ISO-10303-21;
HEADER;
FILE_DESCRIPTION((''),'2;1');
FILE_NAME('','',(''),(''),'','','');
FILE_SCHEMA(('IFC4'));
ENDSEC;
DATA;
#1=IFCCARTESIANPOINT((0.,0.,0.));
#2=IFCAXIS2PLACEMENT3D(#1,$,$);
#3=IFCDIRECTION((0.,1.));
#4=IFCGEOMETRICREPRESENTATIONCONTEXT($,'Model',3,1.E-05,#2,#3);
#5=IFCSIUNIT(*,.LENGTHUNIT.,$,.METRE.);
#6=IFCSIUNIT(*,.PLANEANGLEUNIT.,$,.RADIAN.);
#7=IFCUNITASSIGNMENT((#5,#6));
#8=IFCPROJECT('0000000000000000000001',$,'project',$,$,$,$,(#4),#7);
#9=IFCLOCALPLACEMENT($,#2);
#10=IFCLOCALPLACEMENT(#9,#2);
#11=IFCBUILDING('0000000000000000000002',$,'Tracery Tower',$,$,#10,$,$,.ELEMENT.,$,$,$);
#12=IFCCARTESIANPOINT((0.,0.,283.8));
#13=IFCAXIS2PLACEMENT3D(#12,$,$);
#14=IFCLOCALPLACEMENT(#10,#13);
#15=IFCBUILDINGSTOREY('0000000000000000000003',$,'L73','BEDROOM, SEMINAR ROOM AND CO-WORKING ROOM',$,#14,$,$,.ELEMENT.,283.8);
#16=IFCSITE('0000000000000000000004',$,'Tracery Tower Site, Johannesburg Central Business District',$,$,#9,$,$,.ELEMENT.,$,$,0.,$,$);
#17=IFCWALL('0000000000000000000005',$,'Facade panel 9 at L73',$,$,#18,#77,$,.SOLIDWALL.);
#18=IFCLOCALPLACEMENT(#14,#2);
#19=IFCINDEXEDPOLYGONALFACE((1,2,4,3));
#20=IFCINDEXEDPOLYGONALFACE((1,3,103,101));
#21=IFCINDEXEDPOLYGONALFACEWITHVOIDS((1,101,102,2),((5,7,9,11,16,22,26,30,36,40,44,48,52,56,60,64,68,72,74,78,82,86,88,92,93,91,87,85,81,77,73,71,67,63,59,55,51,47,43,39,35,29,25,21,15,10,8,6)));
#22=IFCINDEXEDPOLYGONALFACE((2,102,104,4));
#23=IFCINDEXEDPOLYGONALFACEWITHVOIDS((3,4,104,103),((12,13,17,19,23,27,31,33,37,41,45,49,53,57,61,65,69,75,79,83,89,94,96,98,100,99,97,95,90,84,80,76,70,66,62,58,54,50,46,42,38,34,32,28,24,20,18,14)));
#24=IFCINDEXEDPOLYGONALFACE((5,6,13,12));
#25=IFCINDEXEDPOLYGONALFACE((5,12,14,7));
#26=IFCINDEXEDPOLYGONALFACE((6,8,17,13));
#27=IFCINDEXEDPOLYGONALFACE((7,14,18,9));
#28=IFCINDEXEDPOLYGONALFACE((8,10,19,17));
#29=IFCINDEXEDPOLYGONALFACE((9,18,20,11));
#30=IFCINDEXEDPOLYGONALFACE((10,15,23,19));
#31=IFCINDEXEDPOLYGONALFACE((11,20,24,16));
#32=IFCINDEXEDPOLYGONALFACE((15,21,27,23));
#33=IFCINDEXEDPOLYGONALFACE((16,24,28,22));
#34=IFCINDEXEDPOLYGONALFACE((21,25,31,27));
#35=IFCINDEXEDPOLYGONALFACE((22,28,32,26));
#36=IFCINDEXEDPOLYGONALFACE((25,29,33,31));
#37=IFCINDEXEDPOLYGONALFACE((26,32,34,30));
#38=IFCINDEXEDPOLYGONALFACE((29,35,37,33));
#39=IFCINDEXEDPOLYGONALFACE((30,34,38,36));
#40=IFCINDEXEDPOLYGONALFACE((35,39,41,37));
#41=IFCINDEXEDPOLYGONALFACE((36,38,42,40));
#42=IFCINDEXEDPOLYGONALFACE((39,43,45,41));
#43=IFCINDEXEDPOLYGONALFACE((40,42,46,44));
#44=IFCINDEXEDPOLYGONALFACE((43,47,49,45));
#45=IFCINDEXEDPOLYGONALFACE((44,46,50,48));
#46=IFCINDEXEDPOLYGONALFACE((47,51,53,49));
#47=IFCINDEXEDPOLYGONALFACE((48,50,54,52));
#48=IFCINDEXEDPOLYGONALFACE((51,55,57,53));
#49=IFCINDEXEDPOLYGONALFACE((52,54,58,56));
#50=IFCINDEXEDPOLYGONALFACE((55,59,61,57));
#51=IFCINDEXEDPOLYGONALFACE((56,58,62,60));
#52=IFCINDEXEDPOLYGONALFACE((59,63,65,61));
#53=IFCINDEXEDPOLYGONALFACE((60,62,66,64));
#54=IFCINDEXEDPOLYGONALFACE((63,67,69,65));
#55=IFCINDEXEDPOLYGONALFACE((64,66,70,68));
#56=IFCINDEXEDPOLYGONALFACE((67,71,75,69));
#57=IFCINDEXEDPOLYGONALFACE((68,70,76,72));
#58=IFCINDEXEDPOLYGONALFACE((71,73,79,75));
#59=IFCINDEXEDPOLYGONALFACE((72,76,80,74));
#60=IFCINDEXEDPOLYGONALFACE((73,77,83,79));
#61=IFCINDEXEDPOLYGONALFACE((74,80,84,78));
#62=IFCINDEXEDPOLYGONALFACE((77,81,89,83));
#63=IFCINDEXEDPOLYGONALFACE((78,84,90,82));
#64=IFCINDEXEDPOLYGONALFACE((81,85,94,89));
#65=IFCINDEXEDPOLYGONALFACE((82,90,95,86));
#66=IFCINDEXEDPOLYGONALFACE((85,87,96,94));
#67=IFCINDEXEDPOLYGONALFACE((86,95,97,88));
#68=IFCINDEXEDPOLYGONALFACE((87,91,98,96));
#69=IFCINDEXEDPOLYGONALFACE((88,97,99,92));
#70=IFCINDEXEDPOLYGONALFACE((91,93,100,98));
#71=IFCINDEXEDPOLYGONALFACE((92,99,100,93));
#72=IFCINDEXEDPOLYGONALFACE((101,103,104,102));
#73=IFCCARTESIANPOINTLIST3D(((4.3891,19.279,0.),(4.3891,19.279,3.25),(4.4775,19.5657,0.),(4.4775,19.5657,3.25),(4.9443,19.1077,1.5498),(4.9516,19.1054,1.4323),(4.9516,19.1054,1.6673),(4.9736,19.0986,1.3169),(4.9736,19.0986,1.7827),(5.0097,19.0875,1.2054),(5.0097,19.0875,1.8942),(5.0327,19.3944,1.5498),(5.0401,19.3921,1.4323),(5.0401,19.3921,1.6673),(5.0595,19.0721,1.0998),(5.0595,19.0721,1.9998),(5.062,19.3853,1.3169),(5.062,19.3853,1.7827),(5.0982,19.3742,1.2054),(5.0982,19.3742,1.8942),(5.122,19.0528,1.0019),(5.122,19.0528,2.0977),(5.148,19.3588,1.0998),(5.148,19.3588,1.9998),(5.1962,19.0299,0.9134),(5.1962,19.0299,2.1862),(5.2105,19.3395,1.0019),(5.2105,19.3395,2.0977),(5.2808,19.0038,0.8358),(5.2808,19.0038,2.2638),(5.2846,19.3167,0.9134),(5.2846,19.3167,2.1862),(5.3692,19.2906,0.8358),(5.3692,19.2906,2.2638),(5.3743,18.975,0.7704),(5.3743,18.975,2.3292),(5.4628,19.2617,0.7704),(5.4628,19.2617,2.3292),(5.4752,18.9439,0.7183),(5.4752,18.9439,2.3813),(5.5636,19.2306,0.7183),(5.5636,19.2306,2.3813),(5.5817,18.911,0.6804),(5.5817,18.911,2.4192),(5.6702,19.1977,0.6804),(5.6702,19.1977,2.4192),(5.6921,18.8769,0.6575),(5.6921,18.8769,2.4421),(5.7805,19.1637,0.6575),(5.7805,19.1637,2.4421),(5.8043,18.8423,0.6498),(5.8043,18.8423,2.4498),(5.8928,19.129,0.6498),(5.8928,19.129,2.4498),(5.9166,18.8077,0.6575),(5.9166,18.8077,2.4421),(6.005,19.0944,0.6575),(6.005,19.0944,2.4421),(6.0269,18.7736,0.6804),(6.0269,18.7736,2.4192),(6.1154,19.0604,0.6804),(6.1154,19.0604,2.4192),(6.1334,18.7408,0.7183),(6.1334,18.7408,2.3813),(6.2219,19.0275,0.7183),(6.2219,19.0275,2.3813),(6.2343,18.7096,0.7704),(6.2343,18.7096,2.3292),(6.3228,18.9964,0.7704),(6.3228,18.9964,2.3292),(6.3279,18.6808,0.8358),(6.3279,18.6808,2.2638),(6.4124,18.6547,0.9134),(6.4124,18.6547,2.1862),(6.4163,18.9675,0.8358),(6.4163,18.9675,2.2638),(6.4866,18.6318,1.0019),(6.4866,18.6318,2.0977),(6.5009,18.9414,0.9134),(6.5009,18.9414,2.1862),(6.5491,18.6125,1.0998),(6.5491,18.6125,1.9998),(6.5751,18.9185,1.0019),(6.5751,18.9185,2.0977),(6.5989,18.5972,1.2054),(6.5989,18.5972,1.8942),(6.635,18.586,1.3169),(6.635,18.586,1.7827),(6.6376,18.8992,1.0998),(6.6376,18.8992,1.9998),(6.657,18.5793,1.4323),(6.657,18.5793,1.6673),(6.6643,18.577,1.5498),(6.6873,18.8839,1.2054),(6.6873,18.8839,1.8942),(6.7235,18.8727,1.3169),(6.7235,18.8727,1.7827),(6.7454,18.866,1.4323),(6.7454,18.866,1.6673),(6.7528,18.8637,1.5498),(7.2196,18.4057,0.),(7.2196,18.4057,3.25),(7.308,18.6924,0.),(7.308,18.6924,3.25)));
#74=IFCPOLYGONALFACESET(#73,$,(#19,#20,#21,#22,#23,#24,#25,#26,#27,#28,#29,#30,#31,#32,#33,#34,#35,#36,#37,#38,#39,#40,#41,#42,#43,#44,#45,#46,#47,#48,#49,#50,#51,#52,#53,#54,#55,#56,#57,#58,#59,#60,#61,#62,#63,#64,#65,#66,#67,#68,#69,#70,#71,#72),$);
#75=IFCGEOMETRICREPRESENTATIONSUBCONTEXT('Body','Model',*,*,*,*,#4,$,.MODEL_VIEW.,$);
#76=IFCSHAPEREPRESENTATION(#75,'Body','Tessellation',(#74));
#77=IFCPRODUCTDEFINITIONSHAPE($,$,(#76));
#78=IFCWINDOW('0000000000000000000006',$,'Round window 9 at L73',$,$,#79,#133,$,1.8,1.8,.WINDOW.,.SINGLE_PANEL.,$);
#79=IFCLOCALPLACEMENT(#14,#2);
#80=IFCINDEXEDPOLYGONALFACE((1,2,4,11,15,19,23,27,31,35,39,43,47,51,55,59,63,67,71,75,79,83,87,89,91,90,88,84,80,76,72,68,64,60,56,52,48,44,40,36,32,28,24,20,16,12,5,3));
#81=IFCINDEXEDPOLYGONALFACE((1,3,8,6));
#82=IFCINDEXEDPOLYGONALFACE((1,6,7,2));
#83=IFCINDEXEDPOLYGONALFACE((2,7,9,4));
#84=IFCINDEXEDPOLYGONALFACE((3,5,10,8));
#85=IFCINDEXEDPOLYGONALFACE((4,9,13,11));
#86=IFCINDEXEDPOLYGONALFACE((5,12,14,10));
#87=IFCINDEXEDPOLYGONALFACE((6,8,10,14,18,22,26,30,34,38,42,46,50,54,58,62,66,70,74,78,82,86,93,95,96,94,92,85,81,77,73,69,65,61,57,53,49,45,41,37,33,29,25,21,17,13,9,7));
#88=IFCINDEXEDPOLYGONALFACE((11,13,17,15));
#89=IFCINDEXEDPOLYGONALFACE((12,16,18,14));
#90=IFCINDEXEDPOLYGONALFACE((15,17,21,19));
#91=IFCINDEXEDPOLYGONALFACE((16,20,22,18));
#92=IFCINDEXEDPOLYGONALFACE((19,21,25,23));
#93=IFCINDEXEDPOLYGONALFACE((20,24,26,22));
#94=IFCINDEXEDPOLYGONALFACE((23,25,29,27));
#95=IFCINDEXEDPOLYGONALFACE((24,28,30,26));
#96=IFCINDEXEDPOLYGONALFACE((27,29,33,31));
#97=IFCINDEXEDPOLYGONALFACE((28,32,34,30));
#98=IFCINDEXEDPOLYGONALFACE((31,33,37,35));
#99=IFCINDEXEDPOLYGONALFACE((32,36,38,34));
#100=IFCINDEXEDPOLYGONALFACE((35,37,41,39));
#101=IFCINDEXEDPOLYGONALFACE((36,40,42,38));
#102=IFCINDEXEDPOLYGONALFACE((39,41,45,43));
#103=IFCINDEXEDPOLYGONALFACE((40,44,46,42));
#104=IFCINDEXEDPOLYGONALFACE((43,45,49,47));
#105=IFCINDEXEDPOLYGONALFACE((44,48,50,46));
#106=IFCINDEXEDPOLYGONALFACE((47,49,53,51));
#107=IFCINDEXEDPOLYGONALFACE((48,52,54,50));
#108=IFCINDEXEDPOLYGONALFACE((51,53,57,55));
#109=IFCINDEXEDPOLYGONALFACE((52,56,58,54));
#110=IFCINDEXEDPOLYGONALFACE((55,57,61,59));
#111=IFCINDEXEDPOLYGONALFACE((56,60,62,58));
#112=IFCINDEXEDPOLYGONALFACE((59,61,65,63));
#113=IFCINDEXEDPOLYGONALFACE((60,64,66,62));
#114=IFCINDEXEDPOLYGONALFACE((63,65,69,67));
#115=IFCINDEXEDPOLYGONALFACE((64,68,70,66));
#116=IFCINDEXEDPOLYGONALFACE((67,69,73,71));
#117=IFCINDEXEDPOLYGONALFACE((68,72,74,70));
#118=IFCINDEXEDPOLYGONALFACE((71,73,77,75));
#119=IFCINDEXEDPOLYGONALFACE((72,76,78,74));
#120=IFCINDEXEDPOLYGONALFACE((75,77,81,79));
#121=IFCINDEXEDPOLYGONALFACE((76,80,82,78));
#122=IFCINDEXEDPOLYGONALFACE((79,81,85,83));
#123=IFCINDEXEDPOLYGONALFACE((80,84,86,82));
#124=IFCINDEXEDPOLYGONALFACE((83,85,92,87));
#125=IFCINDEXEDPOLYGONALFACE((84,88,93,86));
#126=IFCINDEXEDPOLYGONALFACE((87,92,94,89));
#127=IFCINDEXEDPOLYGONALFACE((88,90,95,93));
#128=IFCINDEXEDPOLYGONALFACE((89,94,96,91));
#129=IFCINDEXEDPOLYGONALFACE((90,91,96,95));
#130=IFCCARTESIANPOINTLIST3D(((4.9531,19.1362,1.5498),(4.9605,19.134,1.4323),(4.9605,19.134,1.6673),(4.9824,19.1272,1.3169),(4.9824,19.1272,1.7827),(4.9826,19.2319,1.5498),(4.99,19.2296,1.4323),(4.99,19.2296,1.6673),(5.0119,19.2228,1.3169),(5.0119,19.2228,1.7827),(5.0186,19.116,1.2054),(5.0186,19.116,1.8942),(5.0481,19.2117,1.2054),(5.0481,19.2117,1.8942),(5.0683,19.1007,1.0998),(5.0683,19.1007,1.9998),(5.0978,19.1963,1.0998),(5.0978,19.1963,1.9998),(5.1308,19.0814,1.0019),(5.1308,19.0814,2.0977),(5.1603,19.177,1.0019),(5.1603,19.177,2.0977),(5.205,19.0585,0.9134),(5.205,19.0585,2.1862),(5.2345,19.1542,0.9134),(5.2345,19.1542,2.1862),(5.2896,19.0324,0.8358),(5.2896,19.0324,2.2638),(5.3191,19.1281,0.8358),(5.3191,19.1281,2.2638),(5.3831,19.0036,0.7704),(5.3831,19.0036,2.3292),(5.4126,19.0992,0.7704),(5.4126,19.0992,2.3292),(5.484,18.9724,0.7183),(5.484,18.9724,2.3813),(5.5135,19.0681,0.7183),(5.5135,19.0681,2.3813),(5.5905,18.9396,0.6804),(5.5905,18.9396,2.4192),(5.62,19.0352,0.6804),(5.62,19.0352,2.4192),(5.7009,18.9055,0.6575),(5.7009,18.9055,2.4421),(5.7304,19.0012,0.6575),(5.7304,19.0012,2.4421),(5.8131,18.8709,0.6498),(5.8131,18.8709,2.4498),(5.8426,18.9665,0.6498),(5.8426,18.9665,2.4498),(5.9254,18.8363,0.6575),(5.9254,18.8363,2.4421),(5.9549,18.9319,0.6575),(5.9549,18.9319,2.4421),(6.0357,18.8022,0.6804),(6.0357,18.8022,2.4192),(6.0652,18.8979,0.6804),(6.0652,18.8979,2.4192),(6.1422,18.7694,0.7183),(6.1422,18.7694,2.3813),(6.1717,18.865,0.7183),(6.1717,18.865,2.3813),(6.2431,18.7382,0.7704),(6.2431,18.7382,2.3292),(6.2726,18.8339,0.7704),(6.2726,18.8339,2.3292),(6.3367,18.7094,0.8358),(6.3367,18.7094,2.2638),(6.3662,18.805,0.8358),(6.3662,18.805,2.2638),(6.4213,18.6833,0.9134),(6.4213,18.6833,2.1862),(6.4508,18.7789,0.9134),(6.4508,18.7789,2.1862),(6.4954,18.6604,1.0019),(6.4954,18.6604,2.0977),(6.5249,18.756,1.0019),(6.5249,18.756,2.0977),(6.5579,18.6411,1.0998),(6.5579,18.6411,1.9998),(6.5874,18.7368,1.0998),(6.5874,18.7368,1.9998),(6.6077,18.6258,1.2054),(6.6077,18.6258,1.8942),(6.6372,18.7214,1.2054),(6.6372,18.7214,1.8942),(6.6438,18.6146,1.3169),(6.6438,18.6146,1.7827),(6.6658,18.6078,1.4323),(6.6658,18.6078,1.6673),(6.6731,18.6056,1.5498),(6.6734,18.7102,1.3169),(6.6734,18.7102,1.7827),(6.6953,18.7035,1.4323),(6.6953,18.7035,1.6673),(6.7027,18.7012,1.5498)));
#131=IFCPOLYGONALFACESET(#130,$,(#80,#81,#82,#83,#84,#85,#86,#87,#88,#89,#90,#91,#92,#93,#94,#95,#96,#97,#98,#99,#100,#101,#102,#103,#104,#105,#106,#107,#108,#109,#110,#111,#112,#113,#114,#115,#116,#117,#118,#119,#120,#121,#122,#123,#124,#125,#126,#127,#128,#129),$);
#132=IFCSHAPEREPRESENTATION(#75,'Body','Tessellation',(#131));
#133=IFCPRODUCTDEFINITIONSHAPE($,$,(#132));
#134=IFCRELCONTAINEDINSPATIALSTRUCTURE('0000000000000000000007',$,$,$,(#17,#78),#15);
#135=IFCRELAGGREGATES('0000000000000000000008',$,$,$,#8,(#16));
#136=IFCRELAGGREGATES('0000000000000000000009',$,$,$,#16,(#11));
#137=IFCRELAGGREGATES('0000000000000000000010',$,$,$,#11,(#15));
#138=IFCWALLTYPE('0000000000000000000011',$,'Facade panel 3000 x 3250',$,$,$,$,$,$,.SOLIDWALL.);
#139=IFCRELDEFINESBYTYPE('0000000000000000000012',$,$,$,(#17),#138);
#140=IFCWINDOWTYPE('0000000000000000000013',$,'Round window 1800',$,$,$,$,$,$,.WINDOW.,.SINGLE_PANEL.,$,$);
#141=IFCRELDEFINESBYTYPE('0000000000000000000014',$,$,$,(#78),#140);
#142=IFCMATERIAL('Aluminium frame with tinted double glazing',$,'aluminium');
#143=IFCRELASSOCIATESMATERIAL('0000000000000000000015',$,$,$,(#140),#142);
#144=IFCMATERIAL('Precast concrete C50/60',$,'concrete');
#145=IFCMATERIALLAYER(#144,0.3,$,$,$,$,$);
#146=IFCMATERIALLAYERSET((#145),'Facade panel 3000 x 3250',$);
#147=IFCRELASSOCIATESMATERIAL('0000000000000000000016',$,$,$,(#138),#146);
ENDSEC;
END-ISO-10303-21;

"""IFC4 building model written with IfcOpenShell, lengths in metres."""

from ifc_helpers import new_model, si_unit, direction, frame, frame_2d, origin, origin_2d, place, context, subcontext, project, spatial, rectangle, circle, extrude, material, layer, layer_set, type_object, element, fill, save


model = new_model("IFC4")

# Units and contexts
model_context = context("Model", 3, precision=1e-05, world=origin(), true_north=direction((0.0, 1.0)))
body_context = subcontext(model_context, "Body", "Model", "MODEL_VIEW")
ifc_project = project(units=[si_unit("LENGTHUNIT", "METRE"), si_unit("PLANEANGLEUNIT", "RADIAN")], contexts=[model_context])

# Site, building, storey
site_placement = place(None, origin())
site = spatial("IfcSite", under=ifc_project, at=site_placement, Name="Tracery Tower Site, Johannesburg Central Business District", CompositionType="ELEMENT", RefElevation=0.0)
building_placement = place(site_placement, origin())
building = spatial("IfcBuilding", under=site, at=building_placement, Name="Tracery Tower", CompositionType="ELEMENT")
storey_placement = place(building_placement, frame((0.0, 0.0, 283.8)))
storey = spatial("IfcBuildingStorey", under=building, at=storey_placement, Name="L73", Description="BEDROOM, SEMINAR ROOM AND CO-WORKING ROOM", CompositionType="ELEMENT", Elevation=283.8)

# Wall, opening, window
ifc_material_1 = material(Name="Aluminium frame with tinted double glazing", Category="aluminium")
window_type = type_object("IfcWindowType", Name="Round window 1800", PartitioningType="SINGLE_PANEL", PredefinedType="WINDOW", material=ifc_material_1)
ifc_material_2 = material(Name="Precast concrete C50/60", Category="concrete")
ifc_layer_1 = layer(ifc_material_2, 0.3)
ifc_layer_set_1 = layer_set([ifc_layer_1], Name="Facade panel 3000 x 3250")
wall_type_1 = type_object("IfcWallType", Name="Facade panel 3000 x 3250", PredefinedType="SOLIDWALL", material=ifc_layer_set_1)
wall_1_placement = place(storey_placement, frame((7.2637, 18.5491, 0.0), z_axis=(0.0, 0.0, 1.0), x_axis=(-0.955556, 0.29481, 0.0)))
wall_1 = element("IfcWall", 1, at=wall_1_placement, inside=storey, type_object=wall_type_1, Name="Facade panel 9 at L73", PredefinedType="SOLIDWALL", context=body_context, shape_type="SweptSolid", body=[
    extrude(rectangle(XDim=2.9622, YDim=0.3, at=frame_2d((1.481, 0.0))), origin(), (0.0, 0.0, 1.0), 3.25),
])
opening_1_placement = place(wall_1_placement, frame((1.481, 0.0, 1.5498)))
opening_1 = element("IfcOpeningElement", 2, at=opening_1_placement, cuts=wall_1, PredefinedType="OPENING", context=body_context, shape_type="SweptSolid", body=[
    extrude(circle(Radius=0.9, at=origin_2d()), frame((0.0, 0.1599, 0.0), z_axis=(0.0, -1.0, 0.0), x_axis=(1.0, 0.0, 0.0)), (0.0, 0.0, 1.0), 0.3201),
])
window_1_placement = place(opening_1_placement, origin())
window_1 = element("IfcWindow", 3, at=window_1_placement, inside=storey, type_object=window_type, Name="Round window 9 at L73", OverallHeight=1.8, OverallWidth=1.8, PartitioningType="SINGLE_PANEL", PredefinedType="WINDOW", context=body_context, shape_type="SweptSolid", body=[
    extrude(circle(Radius=0.9, at=origin_2d()), frame((0.0, 0.1201, 0.0), z_axis=(0.0, -1.0, 0.0), x_axis=(1.0, 0.0, 0.0)), (0.0, 0.0, 1.0), 0.1001),
])
fill(opening_1, window_1)

save(model, "model.ifc")
